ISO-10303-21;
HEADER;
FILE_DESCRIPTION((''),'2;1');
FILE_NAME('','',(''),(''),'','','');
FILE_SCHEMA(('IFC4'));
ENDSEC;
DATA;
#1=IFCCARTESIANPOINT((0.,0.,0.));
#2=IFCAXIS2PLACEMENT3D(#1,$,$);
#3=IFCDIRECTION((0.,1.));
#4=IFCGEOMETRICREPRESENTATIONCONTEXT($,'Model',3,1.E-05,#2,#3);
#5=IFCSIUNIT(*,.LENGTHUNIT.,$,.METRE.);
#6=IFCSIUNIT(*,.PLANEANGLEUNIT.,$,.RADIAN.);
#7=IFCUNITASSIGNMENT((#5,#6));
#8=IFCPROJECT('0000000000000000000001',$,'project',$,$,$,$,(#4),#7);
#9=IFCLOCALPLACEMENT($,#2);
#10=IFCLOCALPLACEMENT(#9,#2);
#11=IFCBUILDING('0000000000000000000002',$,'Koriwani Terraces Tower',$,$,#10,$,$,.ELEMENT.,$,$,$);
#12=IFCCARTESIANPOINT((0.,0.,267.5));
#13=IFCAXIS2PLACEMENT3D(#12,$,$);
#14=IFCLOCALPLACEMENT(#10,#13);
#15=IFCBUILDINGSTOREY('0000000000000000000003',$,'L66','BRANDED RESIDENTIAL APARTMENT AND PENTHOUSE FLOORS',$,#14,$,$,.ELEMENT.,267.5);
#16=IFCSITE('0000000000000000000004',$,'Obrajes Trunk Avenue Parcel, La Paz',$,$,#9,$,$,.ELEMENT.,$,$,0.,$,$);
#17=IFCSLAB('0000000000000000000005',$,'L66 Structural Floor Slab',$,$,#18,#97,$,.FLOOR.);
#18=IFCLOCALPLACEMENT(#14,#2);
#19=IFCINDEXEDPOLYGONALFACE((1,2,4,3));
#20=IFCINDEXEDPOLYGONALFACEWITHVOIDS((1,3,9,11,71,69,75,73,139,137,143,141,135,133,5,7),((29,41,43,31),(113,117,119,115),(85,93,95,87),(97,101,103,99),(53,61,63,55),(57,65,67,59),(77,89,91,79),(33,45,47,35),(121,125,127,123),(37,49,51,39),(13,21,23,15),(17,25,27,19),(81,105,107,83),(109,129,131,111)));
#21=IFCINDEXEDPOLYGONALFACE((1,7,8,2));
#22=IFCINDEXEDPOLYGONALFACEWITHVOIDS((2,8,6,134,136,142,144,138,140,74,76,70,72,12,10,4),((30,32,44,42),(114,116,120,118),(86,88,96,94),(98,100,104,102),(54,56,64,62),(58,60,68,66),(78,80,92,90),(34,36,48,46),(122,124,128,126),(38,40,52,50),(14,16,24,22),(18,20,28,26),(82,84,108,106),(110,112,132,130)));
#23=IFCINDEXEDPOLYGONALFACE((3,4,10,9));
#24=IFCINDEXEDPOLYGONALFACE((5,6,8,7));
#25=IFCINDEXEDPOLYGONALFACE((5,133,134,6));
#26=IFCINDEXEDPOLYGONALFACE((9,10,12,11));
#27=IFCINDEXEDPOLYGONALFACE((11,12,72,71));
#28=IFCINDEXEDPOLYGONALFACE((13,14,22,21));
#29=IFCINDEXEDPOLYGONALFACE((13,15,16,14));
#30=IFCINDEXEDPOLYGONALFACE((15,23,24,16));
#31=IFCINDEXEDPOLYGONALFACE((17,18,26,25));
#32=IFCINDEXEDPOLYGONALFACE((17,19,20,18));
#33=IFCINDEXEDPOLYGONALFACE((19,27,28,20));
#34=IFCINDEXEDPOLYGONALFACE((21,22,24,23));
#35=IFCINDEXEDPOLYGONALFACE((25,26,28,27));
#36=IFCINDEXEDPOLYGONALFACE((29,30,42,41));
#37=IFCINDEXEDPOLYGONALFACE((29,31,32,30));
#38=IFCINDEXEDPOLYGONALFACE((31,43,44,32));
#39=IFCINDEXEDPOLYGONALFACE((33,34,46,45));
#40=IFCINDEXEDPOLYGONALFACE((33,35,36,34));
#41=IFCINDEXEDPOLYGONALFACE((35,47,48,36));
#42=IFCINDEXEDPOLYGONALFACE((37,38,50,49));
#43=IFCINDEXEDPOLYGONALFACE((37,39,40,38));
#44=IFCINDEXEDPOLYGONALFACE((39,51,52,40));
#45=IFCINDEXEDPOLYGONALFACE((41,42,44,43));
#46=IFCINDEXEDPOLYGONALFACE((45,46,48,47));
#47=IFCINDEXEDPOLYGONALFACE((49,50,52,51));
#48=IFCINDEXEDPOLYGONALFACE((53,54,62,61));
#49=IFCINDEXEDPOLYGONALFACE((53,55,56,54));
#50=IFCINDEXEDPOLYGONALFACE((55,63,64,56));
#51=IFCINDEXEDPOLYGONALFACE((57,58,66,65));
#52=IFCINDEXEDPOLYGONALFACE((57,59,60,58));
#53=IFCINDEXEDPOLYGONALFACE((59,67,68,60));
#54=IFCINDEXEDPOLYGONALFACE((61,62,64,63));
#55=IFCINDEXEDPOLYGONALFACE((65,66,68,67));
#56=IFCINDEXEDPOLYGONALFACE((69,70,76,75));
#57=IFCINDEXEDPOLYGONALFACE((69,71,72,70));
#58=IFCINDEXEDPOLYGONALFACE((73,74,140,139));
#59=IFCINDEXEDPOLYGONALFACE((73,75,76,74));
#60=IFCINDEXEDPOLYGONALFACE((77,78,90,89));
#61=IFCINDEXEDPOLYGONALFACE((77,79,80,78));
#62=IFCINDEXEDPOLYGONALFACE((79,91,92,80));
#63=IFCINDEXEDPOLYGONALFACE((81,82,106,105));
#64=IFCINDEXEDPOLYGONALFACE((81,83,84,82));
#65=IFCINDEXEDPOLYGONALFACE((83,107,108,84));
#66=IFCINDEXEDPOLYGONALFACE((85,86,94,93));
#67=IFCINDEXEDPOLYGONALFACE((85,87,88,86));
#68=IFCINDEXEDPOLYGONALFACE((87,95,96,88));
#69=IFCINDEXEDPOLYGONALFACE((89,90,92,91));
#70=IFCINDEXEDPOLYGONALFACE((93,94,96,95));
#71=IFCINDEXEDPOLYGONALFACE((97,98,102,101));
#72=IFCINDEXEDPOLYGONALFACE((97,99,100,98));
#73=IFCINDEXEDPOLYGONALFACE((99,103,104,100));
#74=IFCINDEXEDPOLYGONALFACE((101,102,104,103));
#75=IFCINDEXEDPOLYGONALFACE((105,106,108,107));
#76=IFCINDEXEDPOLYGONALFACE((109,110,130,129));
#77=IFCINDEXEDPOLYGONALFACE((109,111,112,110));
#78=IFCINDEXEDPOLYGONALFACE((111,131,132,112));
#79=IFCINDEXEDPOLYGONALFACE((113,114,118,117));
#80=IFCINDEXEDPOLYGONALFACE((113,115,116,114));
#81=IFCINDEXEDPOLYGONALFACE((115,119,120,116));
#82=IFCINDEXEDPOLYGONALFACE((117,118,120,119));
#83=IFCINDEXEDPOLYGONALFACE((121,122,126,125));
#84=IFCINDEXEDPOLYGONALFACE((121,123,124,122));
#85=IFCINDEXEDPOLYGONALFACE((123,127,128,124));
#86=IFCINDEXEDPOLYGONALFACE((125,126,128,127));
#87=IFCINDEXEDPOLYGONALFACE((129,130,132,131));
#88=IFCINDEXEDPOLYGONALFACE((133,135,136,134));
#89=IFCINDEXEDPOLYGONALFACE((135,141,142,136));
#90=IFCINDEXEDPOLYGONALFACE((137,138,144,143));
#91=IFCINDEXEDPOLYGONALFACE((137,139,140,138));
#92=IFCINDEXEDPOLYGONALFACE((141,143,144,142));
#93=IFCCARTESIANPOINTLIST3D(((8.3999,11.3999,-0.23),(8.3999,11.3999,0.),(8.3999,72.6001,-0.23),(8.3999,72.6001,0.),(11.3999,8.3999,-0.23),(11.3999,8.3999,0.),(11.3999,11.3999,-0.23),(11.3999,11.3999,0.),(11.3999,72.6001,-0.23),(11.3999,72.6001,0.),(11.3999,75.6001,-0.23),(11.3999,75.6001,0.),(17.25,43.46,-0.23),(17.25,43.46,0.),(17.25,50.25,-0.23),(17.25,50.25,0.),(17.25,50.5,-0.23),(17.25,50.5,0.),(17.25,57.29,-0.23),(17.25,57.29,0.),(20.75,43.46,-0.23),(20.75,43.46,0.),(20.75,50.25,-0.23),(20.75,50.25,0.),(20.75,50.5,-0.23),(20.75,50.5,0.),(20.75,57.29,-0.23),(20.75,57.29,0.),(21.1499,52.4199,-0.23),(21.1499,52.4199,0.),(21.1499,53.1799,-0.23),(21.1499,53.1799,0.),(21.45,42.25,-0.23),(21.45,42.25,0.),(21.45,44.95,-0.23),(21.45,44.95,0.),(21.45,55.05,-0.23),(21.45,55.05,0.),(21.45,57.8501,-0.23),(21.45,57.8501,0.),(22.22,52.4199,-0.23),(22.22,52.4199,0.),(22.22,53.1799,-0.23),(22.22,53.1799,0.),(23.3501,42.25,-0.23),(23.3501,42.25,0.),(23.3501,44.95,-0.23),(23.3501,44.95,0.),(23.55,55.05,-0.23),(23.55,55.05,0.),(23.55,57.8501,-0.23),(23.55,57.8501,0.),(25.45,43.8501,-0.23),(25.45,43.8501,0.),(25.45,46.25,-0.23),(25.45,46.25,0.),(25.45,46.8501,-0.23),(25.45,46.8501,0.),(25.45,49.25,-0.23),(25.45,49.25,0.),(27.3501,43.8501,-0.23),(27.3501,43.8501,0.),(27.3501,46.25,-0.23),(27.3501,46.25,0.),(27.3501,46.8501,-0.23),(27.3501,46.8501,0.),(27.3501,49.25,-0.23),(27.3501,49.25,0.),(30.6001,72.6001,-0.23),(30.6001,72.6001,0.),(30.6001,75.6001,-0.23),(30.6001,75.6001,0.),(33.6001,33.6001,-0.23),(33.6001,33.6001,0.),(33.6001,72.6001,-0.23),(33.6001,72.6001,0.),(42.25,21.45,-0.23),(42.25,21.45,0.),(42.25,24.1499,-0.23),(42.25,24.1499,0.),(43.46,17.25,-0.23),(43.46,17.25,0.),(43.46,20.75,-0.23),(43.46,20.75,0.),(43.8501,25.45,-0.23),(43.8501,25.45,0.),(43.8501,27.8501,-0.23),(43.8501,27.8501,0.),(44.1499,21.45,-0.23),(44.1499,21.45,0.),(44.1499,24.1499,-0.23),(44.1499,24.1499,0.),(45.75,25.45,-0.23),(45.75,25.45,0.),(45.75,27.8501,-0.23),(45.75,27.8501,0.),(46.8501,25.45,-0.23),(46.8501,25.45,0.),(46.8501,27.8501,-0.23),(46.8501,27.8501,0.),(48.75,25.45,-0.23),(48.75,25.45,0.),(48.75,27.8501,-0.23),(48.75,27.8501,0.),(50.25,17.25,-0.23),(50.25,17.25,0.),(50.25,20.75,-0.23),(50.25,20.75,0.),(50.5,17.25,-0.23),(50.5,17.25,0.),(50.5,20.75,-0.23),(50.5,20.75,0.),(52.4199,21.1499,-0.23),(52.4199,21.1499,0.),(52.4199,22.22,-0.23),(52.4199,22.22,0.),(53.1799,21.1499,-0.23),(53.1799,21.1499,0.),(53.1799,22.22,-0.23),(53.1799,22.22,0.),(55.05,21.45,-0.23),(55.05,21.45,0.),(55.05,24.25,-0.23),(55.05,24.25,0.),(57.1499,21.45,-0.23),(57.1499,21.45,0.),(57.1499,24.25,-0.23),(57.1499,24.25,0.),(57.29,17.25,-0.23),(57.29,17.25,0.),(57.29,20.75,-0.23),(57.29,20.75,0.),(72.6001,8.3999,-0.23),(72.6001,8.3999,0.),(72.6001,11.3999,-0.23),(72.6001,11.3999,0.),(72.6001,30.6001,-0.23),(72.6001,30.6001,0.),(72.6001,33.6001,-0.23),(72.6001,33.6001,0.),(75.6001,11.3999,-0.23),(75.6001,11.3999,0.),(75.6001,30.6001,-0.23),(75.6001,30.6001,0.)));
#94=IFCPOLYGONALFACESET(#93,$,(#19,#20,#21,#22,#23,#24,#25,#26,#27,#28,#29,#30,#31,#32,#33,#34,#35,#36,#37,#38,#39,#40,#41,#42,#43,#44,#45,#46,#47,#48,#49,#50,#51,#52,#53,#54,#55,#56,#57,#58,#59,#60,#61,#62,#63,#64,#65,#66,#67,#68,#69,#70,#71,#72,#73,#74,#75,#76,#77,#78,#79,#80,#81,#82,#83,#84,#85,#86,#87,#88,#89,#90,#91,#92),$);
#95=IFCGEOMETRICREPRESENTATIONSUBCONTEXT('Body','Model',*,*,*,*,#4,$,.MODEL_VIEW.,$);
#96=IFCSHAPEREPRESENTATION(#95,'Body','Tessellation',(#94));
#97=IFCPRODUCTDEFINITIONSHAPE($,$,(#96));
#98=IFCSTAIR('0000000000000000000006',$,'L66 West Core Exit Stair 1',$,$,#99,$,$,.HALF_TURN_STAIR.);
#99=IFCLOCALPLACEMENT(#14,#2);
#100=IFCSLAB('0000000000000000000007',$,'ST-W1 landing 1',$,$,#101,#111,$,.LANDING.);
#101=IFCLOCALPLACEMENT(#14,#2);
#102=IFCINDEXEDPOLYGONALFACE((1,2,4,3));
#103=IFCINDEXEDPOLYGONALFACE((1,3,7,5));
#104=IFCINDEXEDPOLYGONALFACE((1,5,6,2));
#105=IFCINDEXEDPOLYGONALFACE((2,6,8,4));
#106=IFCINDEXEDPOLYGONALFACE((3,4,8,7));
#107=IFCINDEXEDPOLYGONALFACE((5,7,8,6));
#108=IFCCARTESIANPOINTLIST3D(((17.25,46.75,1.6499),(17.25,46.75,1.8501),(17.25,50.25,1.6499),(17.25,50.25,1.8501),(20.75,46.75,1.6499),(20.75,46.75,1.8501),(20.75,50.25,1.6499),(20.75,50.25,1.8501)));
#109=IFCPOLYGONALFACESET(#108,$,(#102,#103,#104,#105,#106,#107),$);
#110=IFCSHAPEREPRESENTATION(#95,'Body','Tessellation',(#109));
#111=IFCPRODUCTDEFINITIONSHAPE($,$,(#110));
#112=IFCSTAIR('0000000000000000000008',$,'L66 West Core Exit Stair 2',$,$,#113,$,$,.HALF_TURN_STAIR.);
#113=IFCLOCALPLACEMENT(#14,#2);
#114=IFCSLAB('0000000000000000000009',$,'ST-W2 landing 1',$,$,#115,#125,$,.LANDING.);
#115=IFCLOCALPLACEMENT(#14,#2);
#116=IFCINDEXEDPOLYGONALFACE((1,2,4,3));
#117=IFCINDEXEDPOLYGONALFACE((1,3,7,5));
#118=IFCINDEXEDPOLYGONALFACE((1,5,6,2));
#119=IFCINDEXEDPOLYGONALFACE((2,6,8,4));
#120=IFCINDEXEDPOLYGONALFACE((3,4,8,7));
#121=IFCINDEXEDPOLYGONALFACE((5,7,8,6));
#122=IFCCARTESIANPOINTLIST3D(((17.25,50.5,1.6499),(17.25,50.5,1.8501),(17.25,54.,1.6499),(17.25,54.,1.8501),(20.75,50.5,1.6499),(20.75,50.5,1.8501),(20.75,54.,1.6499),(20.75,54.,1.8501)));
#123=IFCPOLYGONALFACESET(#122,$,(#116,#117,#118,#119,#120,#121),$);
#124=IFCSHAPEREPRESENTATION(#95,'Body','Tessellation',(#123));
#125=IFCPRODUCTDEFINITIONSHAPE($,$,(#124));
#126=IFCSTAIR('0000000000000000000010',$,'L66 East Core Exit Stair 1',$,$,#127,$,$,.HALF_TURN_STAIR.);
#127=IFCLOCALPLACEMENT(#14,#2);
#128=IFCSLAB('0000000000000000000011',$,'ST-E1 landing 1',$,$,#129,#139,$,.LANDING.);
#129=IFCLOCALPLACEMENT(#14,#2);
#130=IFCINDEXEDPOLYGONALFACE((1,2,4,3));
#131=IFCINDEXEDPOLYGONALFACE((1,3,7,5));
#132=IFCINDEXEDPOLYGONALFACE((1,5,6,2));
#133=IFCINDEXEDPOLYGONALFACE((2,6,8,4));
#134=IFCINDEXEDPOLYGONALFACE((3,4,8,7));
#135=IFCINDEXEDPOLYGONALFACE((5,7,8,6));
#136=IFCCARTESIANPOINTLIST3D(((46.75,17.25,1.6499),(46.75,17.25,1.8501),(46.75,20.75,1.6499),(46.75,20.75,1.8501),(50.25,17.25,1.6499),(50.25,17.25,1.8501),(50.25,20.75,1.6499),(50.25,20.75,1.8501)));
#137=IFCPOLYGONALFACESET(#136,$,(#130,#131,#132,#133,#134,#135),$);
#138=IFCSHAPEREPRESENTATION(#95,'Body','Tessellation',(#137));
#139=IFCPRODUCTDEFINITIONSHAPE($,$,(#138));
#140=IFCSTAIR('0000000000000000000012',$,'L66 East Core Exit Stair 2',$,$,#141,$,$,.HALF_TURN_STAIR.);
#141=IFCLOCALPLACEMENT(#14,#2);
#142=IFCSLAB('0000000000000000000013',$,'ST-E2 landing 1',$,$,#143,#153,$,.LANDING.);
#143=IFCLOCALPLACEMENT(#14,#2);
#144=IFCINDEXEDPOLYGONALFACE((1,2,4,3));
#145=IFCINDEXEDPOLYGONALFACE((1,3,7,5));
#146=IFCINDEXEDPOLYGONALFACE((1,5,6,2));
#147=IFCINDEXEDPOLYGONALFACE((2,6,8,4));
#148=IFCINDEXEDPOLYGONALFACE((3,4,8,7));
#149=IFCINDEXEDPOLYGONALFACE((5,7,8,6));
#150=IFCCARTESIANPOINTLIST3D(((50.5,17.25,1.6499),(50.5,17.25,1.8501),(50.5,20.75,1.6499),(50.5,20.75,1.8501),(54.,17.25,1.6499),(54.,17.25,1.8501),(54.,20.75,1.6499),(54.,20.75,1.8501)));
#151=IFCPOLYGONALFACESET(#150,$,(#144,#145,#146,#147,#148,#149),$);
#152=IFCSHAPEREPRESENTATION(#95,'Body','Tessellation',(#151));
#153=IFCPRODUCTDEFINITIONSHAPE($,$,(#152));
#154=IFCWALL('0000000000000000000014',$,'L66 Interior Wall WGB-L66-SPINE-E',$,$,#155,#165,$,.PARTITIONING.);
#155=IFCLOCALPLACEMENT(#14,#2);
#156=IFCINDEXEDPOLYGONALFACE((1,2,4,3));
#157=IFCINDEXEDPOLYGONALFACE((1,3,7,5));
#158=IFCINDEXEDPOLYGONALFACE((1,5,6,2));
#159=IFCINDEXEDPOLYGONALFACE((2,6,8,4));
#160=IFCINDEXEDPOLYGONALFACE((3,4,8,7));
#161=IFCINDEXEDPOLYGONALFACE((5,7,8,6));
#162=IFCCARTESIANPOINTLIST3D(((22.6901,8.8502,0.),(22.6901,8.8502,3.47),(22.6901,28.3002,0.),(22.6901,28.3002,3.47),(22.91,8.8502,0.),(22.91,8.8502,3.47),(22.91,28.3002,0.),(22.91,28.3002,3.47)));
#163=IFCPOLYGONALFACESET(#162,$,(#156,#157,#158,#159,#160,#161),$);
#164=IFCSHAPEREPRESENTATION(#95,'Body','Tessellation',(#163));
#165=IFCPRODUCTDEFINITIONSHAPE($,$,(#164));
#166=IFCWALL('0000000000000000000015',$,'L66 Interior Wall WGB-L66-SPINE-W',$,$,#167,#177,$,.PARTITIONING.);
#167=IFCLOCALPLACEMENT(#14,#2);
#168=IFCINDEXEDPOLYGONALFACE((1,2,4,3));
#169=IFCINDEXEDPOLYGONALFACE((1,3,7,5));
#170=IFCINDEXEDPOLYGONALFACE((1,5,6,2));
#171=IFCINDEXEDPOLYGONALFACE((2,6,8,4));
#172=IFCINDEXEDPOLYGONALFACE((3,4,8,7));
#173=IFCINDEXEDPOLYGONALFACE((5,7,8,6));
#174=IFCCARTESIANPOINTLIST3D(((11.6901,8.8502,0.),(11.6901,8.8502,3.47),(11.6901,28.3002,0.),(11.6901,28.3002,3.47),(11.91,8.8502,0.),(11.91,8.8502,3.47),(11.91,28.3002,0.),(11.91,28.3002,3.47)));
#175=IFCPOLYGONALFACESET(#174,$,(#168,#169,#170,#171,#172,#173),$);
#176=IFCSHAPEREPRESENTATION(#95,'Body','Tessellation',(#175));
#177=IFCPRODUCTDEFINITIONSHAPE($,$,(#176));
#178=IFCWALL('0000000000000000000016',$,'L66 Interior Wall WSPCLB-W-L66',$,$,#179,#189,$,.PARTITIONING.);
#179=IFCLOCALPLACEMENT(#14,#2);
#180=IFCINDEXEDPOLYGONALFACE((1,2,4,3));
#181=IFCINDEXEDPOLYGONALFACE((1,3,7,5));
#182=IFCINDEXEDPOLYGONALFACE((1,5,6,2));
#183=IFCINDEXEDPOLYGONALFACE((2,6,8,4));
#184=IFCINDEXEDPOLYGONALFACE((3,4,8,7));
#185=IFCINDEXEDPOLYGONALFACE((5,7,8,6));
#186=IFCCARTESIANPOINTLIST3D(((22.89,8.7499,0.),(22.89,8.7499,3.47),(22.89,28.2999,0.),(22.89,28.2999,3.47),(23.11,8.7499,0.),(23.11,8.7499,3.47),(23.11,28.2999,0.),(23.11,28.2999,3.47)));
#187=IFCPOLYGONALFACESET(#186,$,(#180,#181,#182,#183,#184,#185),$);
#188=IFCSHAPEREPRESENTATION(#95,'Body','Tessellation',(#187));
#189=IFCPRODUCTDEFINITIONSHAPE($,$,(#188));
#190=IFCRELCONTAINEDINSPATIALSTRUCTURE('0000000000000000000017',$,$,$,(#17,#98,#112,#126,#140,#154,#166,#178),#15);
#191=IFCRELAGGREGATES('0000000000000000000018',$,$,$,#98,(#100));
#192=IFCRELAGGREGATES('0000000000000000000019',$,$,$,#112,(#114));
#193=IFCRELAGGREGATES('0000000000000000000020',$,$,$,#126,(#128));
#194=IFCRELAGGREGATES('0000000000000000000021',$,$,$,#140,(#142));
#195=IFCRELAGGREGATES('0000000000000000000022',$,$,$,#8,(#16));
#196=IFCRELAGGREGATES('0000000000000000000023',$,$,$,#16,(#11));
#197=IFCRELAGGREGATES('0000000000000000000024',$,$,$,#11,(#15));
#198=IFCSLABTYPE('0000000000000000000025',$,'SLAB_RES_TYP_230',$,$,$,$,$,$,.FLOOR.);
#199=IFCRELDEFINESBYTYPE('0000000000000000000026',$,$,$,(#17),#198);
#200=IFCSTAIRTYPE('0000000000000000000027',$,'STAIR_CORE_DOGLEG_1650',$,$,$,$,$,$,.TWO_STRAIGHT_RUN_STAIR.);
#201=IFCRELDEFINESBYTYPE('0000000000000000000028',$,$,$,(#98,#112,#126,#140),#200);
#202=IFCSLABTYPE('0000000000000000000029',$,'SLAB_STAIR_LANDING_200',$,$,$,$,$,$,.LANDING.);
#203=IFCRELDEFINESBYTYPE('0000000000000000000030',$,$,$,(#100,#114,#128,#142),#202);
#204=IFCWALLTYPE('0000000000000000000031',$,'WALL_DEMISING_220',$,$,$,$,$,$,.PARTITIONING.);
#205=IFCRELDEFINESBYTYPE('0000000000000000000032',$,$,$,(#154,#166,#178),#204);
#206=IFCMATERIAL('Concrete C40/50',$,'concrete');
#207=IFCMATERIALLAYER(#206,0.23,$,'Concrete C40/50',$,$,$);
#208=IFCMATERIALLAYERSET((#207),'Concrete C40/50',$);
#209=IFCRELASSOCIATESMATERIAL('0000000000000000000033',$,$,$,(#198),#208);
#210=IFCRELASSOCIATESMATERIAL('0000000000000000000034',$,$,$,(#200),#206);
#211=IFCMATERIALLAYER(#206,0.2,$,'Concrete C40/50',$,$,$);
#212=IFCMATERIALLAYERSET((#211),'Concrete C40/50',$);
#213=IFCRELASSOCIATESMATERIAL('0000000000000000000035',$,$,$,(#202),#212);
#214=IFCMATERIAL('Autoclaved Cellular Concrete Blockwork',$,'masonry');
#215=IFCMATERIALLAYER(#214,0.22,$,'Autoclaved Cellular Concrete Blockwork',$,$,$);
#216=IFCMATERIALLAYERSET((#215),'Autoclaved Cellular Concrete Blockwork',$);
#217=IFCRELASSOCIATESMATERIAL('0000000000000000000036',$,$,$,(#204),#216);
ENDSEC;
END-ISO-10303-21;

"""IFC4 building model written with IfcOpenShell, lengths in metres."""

from ifc_helpers import new_model, si_unit, direction, frame, frame_2d, origin, place, context, subcontext, project, spatial, polyline, rectangle, outline, extrude, material, layer, layer_set, type_object, element, aggregate, save


model = new_model("IFC4")

# Units and contexts
model_context = context("Model", 3, precision=1e-05, world=origin(), true_north=direction((0.0, 1.0)))
body_context = subcontext(model_context, "Body", "Model", "MODEL_VIEW")
ifc_project = project(units=[si_unit("LENGTHUNIT", "METRE"), si_unit("PLANEANGLEUNIT", "RADIAN")], contexts=[model_context])

# Site, building, storey
site_placement = place(None, origin())
site = spatial("IfcSite", under=ifc_project, at=site_placement, Name="Obrajes Trunk Avenue Parcel, La Paz", CompositionType="ELEMENT", RefElevation=0.0)
building_placement = place(site_placement, origin())
building = spatial("IfcBuilding", under=site, at=building_placement, Name="Koriwani Terraces Tower", CompositionType="ELEMENT")
storey_placement = place(building_placement, frame((0.0, 0.0, 267.5)))
storey = spatial("IfcBuildingStorey", under=building, at=storey_placement, Name="L66", Description="BRANDED RESIDENTIAL APARTMENT AND PENTHOUSE FLOORS", CompositionType="ELEMENT", Elevation=267.5)

# Shared definitions
ifc_material_1 = material(Name="Concrete C40/50", Category="concrete")

# Slab
ifc_layer_1 = layer(ifc_material_1, 0.23, Name="Concrete C40/50")
ifc_layer_set_1 = layer_set([ifc_layer_1], Name="Concrete C40/50")
slab_type_1 = type_object("IfcSlabType", Name="SLAB_RES_TYP_230", PredefinedType="FLOOR", material=ifc_layer_set_1)
slab_1_placement = place(storey_placement, frame((0.0, 0.0, -0.23)))
element("IfcSlab", 1, at=slab_1_placement, inside=storey, type_object=slab_type_1, Name="L66 Structural Floor Slab", PredefinedType="FLOOR", context=body_context, shape_type="SweptSolid", body=[
    extrude(outline(polyline([(11.3999, 8.3999), (72.6001, 8.3999), (72.6001, 11.3999), (75.6001, 11.3999), (75.6001, 30.6001), (72.6001, 30.6001), (72.6001, 33.6001), (33.6001, 33.6001), (33.6001, 72.6001), (30.6001, 72.6001), (30.6001, 75.6001), (11.3999, 75.6001), (11.3999, 72.6001), (8.3999, 72.6001), (8.3999, 11.3999), (11.3999, 11.3999), (11.3999, 8.3999)]), holes=[polyline([(17.25, 43.46), (20.75, 43.46), (20.75, 50.25), (17.25, 50.25), (17.25, 43.46)]), polyline([(17.25, 50.5), (20.75, 50.5), (20.75, 57.29), (17.25, 57.29), (17.25, 50.5)]), polyline([(43.46, 17.25), (50.25, 17.25), (50.25, 20.75), (43.46, 20.75), (43.46, 17.25)]), polyline([(50.5, 17.25), (57.29, 17.25), (57.29, 20.75), (50.5, 20.75), (50.5, 17.25)]), polyline([(25.45, 43.8501), (27.3501, 43.8501), (27.3501, 46.25), (25.45, 46.25), (25.45, 43.8501)]), polyline([(25.45, 46.8501), (27.3501, 46.8501), (27.3501, 49.25), (25.45, 49.25), (25.45, 46.8501)]), polyline([(43.8501, 25.45), (45.75, 25.45), (45.75, 27.8501), (43.8501, 27.8501), (43.8501, 25.45)]), polyline([(46.8501, 25.45), (48.75, 25.45), (48.75, 27.8501), (46.8501, 27.8501), (46.8501, 25.45)]), polyline([(21.45, 55.05), (23.55, 55.05), (23.55, 57.8501), (21.45, 57.8501), (21.45, 55.05)]), polyline([(55.05, 21.45), (57.1499, 21.45), (57.1499, 24.25), (55.05, 24.25), (55.05, 21.45)]), polyline([(21.45, 42.25), (23.3501, 42.25), (23.3501, 44.95), (21.45, 44.95), (21.45, 42.25)]), polyline([(42.25, 21.45), (44.1499, 21.45), (44.1499, 24.1499), (42.25, 24.1499), (42.25, 21.45)]), polyline([(21.1499, 52.4199), (22.22, 52.4199), (22.22, 53.1799), (21.1499, 53.1799), (21.1499, 52.4199)]), polyline([(52.4199, 21.1499), (53.1799, 21.1499), (53.1799, 22.22), (52.4199, 22.22), (52.4199, 21.1499)])]), origin(), (0.0, 0.0, 1.0), 0.23),
])

# Stairs, slabs
stair_type = type_object("IfcStairType", Name="STAIR_CORE_DOGLEG_1650", PredefinedType="TWO_STRAIGHT_RUN_STAIR", material=ifc_material_1)
stair_1_placement = place(storey_placement, origin())
stair_1 = element("IfcStair", 2, at=stair_1_placement, inside=storey, type_object=stair_type, Name="L66 West Core Exit Stair 1", PredefinedType="HALF_TURN_STAIR")
ifc_layer_2 = layer(ifc_material_1, 0.2, Name="Concrete C40/50")
ifc_layer_set_2 = layer_set([ifc_layer_2], Name="Concrete C40/50")
slab_type_2 = type_object("IfcSlabType", Name="SLAB_STAIR_LANDING_200", PredefinedType="LANDING", material=ifc_layer_set_2)
slab_2_placement = place(storey_placement, frame((0.0, 0.0, 1.6499)))
slab_2 = element("IfcSlab", 3, at=slab_2_placement, type_object=slab_type_2, Name="ST-W1 landing 1", PredefinedType="LANDING", context=body_context, shape_type="SweptSolid", body=[
    extrude(outline(polyline([(20.75, 46.75), (20.75, 50.25), (17.25, 50.25), (17.25, 46.75), (20.75, 46.75)])), origin(), (0.0, 0.0, 1.0), 0.2002),
])
aggregate(stair_1, [slab_2])
stair_2_placement = place(storey_placement, origin())
stair_2 = element("IfcStair", 4, at=stair_2_placement, inside=storey, type_object=stair_type, Name="L66 West Core Exit Stair 2", PredefinedType="HALF_TURN_STAIR")
slab_3_placement = place(storey_placement, frame((0.0, 0.0, 1.6499)))
slab_3 = element("IfcSlab", 5, at=slab_3_placement, type_object=slab_type_2, Name="ST-W2 landing 1", PredefinedType="LANDING", context=body_context, shape_type="SweptSolid", body=[
    extrude(outline(polyline([(17.25, 54.0), (17.25, 50.5), (20.75, 50.5), (20.75, 54.0), (17.25, 54.0)])), origin(), (0.0, 0.0, 1.0), 0.2002),
])
aggregate(stair_2, [slab_3])
stair_3_placement = place(storey_placement, origin())
stair_3 = element("IfcStair", 6, at=stair_3_placement, inside=storey, type_object=stair_type, Name="L66 East Core Exit Stair 1", PredefinedType="HALF_TURN_STAIR")
slab_4_placement = place(storey_placement, frame((0.0, 0.0, 1.6499)))
slab_4 = element("IfcSlab", 7, at=slab_4_placement, type_object=slab_type_2, Name="ST-E1 landing 1", PredefinedType="LANDING", context=body_context, shape_type="SweptSolid", body=[
    extrude(outline(polyline([(46.75, 17.25), (50.25, 17.25), (50.25, 20.75), (46.75, 20.75), (46.75, 17.25)])), origin(), (0.0, 0.0, 1.0), 0.2002),
])
aggregate(stair_3, [slab_4])
stair_4_placement = place(storey_placement, origin())
stair_4 = element("IfcStair", 8, at=stair_4_placement, inside=storey, type_object=stair_type, Name="L66 East Core Exit Stair 2", PredefinedType="HALF_TURN_STAIR")
slab_5_placement = place(storey_placement, frame((0.0, 0.0, 1.6499)))
slab_5 = element("IfcSlab", 9, at=slab_5_placement, type_object=slab_type_2, Name="ST-E2 landing 1", PredefinedType="LANDING", context=body_context, shape_type="SweptSolid", body=[
    extrude(outline(polyline([(54.0, 20.75), (50.5, 20.75), (50.5, 17.25), (54.0, 17.25), (54.0, 20.75)])), origin(), (0.0, 0.0, 1.0), 0.2002),
])
aggregate(stair_4, [slab_5])

# Walls
ifc_material_2 = material(Name="Autoclaved Cellular Concrete Blockwork", Category="masonry")
ifc_layer_3 = layer(ifc_material_2, 0.22, Name="Autoclaved Cellular Concrete Blockwork")
ifc_layer_set_3 = layer_set([ifc_layer_3], Name="Autoclaved Cellular Concrete Blockwork")
wall_type_1 = type_object("IfcWallType", Name="WALL_DEMISING_220", PredefinedType="PARTITIONING", material=ifc_layer_set_3)
for number, where, z_axis, x_axis, name in (
    (10, (22.8, 8.8501, 0.0), (0.0, 0.0, 1.0), (0.0, 1.0, 0.0), "L66 Interior Wall WGB-L66-SPINE-E"),
    (11, (11.8, 8.8501, 0.0), (0.0, 0.0, 1.0), (0.0, 1.0, 0.0), "L66 Interior Wall WGB-L66-SPINE-W"),
):
    element("IfcWall", number, at=place(storey_placement, frame(where, z_axis=z_axis, x_axis=x_axis)), inside=storey, type_object=wall_type_1, Name=name, PredefinedType="PARTITIONING", context=body_context, shape_type="SweptSolid", body=[
        extrude(rectangle(XDim=19.45, YDim=0.22, at=frame_2d((9.7251, 0.0))), origin(), (0.0, 0.0, 1.0), 3.47),
    ])
wall_1_placement = place(storey_placement, frame((23.0, 8.75, 0.0), z_axis=(0.0, 0.0, 1.0), x_axis=(0.0, 1.0, 0.0)))
element("IfcWall", 12, at=wall_1_placement, inside=storey, type_object=wall_type_1, Name="L66 Interior Wall WSPCLB-W-L66", PredefinedType="PARTITIONING", context=body_context, shape_type="SweptSolid", body=[
    extrude(rectangle(XDim=19.55, YDim=0.22, at=frame_2d((9.7749, 0.0))), origin(), (0.0, 0.0, 1.0), 3.47),
])

save(model, "model.ifc")
